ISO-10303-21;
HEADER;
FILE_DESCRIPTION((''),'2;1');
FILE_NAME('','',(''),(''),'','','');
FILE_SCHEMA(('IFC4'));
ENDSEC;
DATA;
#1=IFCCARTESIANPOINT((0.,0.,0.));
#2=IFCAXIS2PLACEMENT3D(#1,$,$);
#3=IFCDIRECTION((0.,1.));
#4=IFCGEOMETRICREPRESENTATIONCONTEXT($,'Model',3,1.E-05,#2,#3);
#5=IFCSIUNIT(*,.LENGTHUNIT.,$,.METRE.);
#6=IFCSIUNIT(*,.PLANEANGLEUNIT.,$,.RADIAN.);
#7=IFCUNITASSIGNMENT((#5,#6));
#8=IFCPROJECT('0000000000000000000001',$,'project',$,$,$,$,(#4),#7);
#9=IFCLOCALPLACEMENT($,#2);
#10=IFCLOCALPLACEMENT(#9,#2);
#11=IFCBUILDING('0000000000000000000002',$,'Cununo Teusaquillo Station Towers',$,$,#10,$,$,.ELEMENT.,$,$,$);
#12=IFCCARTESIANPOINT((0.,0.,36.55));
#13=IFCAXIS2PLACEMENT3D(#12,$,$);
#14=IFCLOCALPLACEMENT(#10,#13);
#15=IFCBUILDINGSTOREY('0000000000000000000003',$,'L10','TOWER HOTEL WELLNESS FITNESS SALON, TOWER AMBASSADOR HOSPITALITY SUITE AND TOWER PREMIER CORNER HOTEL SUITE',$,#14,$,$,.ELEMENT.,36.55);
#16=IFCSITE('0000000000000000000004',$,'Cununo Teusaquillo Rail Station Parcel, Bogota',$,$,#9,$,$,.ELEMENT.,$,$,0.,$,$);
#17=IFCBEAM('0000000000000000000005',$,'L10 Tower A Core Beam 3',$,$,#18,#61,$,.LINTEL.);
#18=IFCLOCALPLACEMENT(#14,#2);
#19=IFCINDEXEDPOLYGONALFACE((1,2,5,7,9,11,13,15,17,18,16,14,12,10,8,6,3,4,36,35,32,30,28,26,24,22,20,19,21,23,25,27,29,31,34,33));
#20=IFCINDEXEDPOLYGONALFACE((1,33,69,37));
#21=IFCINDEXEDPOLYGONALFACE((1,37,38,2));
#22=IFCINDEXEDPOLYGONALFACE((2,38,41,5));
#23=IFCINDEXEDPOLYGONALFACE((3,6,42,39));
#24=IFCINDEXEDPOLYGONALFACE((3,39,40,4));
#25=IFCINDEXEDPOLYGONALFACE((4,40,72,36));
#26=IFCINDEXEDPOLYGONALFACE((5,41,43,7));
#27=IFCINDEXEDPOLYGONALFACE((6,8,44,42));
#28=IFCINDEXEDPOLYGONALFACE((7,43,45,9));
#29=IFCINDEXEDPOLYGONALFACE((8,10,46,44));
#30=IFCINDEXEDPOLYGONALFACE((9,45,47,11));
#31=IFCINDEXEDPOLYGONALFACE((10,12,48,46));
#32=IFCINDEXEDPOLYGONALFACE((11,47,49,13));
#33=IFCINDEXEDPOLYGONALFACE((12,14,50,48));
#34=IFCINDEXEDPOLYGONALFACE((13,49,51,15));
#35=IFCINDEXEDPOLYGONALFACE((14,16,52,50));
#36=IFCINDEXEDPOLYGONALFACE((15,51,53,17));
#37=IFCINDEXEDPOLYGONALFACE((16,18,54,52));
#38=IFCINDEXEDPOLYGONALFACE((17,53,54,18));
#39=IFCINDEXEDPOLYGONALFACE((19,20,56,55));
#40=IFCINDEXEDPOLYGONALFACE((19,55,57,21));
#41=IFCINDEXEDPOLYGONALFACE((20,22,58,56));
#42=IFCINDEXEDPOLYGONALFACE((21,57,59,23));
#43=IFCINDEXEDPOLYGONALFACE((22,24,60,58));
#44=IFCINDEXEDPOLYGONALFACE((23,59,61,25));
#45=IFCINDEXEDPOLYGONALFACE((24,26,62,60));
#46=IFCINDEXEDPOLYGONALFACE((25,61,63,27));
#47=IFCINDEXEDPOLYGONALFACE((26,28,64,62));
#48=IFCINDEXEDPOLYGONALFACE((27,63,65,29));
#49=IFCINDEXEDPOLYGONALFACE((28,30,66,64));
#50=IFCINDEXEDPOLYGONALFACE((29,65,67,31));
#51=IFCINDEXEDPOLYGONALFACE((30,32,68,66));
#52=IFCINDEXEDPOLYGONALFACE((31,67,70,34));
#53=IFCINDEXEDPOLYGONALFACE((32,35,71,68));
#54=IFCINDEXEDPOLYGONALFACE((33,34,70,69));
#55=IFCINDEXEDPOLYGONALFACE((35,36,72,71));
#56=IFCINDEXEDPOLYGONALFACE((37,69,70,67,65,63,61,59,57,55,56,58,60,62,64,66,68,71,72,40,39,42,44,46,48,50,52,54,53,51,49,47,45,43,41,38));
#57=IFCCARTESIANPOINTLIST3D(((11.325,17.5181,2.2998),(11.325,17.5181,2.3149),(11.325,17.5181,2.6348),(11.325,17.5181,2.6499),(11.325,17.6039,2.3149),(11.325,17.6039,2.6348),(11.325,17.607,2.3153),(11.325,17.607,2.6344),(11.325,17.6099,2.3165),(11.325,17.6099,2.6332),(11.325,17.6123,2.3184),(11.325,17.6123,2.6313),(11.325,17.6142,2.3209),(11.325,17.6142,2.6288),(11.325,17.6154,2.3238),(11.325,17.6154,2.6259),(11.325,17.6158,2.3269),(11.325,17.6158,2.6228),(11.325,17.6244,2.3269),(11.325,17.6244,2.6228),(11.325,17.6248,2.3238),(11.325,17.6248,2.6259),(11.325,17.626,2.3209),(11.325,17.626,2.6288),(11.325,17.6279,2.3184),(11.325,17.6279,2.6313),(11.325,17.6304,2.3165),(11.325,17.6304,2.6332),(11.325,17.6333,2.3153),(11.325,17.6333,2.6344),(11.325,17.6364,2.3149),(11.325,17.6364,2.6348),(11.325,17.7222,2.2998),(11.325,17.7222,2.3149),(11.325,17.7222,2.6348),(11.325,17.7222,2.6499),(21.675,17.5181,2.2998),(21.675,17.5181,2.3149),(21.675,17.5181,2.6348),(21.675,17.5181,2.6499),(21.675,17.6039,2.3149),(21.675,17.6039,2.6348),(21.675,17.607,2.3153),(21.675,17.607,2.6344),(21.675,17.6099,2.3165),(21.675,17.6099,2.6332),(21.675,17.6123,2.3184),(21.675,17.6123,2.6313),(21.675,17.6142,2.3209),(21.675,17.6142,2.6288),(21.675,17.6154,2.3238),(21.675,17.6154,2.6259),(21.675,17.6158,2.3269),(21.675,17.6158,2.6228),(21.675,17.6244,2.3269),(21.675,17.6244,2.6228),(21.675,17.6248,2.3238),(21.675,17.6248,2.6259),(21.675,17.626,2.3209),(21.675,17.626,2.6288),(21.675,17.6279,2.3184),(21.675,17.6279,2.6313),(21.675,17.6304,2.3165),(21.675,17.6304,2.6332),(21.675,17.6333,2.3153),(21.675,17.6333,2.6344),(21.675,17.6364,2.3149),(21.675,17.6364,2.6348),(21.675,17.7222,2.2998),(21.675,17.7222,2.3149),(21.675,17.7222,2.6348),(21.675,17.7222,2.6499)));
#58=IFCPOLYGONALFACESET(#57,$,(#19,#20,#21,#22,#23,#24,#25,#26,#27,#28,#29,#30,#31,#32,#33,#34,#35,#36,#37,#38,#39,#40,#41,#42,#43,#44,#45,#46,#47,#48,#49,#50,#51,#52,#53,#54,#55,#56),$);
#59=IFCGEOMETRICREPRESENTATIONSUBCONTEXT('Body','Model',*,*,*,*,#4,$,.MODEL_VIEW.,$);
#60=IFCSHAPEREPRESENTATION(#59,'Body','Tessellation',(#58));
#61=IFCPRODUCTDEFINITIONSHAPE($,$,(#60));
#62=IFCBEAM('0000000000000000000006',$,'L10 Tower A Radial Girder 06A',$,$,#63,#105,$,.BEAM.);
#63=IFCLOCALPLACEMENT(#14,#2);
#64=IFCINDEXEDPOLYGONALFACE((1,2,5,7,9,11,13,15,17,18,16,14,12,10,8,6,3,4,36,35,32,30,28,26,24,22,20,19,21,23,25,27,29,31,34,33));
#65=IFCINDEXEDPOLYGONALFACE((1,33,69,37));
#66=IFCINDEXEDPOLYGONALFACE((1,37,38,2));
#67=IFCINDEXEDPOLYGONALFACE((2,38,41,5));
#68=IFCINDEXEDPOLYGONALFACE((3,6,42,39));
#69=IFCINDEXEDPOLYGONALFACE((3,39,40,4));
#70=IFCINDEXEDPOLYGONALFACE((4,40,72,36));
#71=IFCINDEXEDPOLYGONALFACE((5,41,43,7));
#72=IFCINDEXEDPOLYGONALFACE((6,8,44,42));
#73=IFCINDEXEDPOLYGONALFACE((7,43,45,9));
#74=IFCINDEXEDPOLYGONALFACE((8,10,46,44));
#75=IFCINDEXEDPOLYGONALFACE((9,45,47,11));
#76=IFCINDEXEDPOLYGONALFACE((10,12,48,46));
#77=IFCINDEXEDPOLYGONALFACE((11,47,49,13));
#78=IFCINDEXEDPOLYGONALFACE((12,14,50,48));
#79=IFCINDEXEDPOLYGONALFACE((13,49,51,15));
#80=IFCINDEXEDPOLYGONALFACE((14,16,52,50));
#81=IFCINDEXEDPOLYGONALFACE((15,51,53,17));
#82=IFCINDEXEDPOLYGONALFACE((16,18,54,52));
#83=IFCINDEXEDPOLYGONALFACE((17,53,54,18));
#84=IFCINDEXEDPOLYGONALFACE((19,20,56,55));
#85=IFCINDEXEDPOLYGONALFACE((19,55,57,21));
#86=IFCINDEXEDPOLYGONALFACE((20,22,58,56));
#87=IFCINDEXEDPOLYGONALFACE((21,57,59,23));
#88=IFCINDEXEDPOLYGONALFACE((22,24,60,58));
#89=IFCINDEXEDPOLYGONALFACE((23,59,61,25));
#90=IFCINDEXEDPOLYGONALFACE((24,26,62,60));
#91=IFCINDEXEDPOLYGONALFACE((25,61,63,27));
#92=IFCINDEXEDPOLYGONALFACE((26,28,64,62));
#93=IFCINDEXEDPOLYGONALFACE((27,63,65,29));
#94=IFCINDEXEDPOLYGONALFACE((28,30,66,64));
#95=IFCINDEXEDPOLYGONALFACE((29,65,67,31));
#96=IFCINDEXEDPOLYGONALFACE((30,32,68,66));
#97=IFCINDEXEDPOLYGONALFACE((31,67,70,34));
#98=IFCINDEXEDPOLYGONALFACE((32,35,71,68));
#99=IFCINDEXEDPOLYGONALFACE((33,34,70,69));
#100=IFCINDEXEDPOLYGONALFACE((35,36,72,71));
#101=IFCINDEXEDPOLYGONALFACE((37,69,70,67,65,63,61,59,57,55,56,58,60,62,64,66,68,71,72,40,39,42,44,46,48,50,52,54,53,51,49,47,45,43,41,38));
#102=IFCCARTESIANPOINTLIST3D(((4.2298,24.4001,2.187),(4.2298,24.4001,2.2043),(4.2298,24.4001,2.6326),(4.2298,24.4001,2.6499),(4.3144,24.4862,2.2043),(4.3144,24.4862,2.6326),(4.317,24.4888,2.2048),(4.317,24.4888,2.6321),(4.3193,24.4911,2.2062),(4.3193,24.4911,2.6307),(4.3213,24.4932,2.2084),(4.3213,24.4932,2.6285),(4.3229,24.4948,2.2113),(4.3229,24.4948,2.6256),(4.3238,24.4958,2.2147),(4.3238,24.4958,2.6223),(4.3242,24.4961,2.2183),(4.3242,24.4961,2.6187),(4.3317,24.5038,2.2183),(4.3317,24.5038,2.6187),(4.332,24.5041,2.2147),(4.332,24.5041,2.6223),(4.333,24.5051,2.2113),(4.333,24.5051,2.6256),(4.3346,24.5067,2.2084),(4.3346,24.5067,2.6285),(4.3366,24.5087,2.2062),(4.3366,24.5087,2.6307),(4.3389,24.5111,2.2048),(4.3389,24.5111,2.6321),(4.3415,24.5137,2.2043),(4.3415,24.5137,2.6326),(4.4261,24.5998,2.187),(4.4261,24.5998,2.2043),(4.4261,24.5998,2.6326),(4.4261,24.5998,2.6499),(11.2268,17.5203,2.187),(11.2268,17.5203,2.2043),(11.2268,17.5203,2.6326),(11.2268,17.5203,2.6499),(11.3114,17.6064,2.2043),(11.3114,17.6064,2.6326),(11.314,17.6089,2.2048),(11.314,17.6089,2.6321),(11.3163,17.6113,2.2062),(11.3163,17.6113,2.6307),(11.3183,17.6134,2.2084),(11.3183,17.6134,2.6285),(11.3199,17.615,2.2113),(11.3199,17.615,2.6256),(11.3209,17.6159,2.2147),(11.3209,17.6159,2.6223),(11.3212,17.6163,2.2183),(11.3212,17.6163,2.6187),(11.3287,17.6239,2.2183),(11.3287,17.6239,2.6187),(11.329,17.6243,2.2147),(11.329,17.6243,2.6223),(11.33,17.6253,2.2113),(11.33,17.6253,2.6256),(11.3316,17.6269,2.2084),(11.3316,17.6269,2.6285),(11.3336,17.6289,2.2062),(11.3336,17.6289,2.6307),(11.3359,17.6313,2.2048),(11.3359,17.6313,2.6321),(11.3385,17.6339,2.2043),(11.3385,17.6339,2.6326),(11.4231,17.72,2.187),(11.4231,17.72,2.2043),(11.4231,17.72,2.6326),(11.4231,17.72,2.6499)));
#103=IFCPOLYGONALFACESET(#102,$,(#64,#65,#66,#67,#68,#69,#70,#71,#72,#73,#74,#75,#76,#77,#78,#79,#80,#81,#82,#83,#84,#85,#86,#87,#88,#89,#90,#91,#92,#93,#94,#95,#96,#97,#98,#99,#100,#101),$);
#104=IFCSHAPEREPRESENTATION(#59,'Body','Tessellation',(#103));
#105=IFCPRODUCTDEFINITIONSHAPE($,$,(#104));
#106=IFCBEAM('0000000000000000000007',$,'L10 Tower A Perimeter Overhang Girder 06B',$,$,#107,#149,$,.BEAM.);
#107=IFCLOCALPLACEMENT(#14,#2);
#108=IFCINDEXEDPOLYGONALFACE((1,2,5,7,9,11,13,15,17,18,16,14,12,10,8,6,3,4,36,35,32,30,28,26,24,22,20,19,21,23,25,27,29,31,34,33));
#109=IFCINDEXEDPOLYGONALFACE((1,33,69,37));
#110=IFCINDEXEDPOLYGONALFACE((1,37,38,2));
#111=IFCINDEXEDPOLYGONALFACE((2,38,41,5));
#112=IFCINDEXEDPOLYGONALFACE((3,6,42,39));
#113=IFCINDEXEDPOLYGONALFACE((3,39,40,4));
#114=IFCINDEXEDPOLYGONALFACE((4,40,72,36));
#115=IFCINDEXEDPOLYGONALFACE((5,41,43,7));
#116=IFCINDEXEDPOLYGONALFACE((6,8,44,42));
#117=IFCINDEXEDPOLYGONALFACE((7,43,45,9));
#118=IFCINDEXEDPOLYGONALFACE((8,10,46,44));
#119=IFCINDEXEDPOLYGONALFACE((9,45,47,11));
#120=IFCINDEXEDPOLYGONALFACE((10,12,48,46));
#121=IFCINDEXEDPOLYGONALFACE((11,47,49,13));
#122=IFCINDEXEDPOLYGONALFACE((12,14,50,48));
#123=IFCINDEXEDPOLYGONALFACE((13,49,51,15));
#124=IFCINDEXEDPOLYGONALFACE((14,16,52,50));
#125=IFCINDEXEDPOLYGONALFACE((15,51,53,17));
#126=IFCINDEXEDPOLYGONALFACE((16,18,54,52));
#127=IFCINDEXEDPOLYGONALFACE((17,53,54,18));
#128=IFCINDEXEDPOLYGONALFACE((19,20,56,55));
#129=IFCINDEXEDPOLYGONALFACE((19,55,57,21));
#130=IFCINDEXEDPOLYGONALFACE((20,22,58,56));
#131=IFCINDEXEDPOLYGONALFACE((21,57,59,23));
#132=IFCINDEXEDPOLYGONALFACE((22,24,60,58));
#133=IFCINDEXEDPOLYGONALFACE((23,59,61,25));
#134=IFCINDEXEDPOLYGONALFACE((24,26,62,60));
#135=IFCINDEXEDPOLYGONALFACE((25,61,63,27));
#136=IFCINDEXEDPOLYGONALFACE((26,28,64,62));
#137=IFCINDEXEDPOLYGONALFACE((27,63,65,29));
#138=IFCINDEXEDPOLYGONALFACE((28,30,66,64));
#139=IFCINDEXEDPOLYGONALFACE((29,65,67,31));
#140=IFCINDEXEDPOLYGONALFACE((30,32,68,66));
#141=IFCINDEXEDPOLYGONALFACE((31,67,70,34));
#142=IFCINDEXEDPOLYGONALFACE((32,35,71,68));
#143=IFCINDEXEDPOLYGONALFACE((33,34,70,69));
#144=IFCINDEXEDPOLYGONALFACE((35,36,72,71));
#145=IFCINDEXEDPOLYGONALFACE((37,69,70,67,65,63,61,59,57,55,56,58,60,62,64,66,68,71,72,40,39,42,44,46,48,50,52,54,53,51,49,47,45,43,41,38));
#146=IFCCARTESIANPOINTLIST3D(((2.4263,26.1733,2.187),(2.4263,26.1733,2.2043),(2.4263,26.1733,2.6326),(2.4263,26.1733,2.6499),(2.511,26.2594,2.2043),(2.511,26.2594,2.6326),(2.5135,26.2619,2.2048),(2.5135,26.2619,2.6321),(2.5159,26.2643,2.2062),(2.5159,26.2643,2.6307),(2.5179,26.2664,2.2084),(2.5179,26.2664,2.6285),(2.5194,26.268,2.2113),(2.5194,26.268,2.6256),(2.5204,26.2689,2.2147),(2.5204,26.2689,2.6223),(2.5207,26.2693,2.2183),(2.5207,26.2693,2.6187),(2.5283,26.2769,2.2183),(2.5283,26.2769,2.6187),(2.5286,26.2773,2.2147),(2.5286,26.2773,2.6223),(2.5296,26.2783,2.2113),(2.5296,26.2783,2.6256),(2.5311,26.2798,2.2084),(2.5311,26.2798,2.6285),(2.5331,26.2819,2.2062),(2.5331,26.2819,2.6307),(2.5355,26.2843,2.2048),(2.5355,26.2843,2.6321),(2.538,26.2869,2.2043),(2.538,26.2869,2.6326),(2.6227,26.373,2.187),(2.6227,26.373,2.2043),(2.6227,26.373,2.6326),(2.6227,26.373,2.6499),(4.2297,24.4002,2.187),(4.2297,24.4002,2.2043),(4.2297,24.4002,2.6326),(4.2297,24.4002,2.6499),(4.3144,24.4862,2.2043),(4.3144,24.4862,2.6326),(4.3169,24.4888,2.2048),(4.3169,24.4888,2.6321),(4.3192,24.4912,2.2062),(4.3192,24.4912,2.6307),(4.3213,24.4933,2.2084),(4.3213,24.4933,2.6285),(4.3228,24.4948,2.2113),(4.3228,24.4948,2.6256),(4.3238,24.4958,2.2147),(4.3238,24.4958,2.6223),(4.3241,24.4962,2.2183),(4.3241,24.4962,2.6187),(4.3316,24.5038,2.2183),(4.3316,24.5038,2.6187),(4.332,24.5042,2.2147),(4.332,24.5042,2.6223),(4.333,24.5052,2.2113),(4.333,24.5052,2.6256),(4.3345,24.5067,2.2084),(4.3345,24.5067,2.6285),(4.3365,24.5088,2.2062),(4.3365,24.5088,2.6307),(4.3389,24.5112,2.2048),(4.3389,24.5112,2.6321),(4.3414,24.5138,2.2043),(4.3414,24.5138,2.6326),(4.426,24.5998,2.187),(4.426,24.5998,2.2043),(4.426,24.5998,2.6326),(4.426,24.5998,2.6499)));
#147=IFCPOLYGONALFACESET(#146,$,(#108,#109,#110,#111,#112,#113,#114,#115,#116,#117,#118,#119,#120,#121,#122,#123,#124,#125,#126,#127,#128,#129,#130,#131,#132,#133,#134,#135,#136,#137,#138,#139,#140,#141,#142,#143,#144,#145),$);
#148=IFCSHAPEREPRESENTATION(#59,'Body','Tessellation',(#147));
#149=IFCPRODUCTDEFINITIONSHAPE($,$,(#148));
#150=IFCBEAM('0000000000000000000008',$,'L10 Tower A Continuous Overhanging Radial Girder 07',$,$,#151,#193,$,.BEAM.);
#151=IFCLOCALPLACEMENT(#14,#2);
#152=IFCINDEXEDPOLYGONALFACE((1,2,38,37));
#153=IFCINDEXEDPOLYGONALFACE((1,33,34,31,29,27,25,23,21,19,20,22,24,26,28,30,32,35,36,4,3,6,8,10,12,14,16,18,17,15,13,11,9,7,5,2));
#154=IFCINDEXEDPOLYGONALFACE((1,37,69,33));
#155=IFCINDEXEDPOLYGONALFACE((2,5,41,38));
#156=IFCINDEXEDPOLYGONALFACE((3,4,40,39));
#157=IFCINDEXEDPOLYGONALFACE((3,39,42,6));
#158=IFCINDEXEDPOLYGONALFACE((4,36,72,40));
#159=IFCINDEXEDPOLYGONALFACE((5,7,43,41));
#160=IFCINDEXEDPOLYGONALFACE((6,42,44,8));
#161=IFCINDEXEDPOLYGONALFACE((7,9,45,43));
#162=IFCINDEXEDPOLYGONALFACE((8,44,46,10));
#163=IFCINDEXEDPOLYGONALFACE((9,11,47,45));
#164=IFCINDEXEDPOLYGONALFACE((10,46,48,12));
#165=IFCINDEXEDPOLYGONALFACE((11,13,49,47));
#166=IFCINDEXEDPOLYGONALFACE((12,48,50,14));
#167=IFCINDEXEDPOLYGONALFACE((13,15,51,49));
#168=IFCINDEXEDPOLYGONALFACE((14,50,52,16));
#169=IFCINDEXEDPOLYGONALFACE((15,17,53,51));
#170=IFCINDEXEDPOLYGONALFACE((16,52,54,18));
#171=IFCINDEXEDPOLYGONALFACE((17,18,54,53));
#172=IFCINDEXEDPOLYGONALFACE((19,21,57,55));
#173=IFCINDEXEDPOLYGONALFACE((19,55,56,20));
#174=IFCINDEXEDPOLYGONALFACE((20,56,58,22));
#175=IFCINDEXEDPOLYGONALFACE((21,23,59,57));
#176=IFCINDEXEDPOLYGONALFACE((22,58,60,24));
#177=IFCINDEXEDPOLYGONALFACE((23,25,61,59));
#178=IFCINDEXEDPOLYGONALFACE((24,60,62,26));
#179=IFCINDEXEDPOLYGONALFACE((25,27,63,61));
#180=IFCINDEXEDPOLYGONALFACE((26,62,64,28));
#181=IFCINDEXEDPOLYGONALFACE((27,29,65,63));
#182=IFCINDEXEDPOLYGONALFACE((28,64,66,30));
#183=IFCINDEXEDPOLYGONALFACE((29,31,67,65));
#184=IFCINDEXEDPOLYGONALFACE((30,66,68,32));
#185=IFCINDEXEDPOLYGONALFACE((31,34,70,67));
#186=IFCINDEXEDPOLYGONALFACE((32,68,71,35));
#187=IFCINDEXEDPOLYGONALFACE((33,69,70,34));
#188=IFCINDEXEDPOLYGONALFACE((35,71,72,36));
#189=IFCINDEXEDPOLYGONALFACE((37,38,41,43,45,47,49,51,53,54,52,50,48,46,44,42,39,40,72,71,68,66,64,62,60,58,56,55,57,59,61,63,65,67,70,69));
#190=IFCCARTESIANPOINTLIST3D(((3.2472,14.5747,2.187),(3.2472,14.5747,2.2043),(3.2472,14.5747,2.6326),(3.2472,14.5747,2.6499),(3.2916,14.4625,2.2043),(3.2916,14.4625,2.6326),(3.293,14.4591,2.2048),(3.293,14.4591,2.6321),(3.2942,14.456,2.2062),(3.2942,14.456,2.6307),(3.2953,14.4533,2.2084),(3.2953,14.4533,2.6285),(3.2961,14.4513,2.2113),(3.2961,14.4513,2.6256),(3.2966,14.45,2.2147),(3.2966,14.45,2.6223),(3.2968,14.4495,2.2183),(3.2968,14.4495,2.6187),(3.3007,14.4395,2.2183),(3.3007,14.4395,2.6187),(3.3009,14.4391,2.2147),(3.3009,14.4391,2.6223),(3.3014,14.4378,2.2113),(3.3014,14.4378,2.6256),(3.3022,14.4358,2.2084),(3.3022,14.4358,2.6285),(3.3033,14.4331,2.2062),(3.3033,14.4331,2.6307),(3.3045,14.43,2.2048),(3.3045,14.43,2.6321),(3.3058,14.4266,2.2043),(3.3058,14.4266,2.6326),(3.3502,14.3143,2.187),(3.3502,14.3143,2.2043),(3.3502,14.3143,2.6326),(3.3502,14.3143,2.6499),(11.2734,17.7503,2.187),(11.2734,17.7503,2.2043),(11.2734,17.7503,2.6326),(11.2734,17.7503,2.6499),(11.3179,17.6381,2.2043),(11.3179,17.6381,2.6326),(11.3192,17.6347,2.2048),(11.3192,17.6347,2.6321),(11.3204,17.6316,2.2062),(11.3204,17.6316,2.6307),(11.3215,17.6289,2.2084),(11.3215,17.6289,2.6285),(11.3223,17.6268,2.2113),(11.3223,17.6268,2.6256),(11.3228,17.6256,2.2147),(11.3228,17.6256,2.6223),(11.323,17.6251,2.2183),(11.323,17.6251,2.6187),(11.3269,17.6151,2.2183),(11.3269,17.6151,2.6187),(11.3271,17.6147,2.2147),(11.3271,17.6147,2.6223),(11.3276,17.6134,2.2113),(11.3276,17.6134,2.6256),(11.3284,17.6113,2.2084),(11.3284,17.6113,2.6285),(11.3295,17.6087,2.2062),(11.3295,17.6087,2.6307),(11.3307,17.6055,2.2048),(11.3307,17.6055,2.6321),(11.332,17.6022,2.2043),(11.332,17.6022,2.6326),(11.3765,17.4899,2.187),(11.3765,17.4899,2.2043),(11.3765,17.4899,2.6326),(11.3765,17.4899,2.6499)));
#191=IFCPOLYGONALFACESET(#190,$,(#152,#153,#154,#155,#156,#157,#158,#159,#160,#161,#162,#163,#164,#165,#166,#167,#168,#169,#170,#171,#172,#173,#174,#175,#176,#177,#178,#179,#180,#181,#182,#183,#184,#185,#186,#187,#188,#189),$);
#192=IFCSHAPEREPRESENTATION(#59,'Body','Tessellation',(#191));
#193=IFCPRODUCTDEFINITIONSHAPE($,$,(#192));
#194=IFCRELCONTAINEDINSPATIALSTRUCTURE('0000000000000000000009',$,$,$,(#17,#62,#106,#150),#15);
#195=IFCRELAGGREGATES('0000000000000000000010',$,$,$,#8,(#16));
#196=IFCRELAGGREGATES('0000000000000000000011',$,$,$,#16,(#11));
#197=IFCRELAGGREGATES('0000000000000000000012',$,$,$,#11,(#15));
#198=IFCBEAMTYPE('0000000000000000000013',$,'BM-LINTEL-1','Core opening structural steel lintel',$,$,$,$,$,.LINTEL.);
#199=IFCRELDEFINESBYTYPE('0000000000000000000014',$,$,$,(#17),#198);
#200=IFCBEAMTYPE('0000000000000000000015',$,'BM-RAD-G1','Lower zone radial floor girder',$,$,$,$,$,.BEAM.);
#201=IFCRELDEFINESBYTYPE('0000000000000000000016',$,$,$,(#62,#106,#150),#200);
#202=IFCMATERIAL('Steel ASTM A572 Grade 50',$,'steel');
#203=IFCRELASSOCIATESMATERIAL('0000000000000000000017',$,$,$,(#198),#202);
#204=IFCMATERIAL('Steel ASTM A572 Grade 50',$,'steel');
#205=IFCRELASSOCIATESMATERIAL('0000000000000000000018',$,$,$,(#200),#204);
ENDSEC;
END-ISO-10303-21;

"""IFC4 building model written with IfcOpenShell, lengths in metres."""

from ifc_helpers import new_model, si_unit, direction, frame, origin, origin_2d, place, context, subcontext, project, spatial, i_section, extrude, material, material_profile, profile_set, type_object, element, save


model = new_model("IFC4")

# Units and contexts
model_context = context("Model", 3, precision=1e-05, world=origin(), true_north=direction((0.0, 1.0)))
body_context = subcontext(model_context, "Body", "Model", "MODEL_VIEW")
ifc_project = project(units=[si_unit("LENGTHUNIT", "METRE"), si_unit("PLANEANGLEUNIT", "RADIAN")], contexts=[model_context])

# Site, building, storey
site_placement = place(None, origin())
site = spatial("IfcSite", under=ifc_project, at=site_placement, Name="Cununo Teusaquillo Rail Station Parcel, Bogota", CompositionType="ELEMENT", RefElevation=0.0)
building_placement = place(site_placement, origin())
building = spatial("IfcBuilding", under=site, at=building_placement, Name="Cununo Teusaquillo Station Towers", CompositionType="ELEMENT")
storey_placement = place(building_placement, frame((0.0, 0.0, 36.55)))
storey = spatial("IfcBuildingStorey", under=building, at=storey_placement, Name="L10", Description="TOWER HOTEL WELLNESS FITNESS SALON, TOWER AMBASSADOR HOSPITALITY SUITE AND TOWER PREMIER CORNER HOTEL SUITE", CompositionType="ELEMENT", Elevation=36.55)

# Beams
ifc_material_1 = material(Name="Steel ASTM A572 Grade 50", Category="steel")
ifc_material_profile_1 = material_profile(ifc_material_1, i_section(OverallWidth=0.2041, OverallDepth=0.3501, WebThickness=0.0085, FlangeThickness=0.0151, FilletRadius=0.012, at=origin_2d()), Name="W14X48")
ifc_profile_set_1 = profile_set([ifc_material_profile_1], Name="Steel ASTM A572 Grade 50")
beam_type_1 = type_object("IfcBeamType", Name="BM-LINTEL-1", Description="Core opening structural steel lintel", PredefinedType="LINTEL", material=ifc_profile_set_1)
beam_1_placement = place(storey_placement, frame((11.325, 17.6201, 2.4749), z_axis=(1.0, 0.0, 0.0), x_axis=(0.0, 1.0, 0.0)))
element("IfcBeam", 1, at=beam_1_placement, inside=storey, type_object=beam_type_1, Name="L10 Tower A Core Beam 3", PredefinedType="LINTEL", context=body_context, shape_type="SweptSolid", body=[
    extrude(i_section(OverallWidth=0.2041, OverallDepth=0.3501, WebThickness=0.0085, FlangeThickness=0.0151, FilletRadius=0.012, at=origin_2d()), origin(), (0.0, 0.0, 1.0), 10.3501),
])
ifc_material_2 = material(Name="Steel ASTM A572 Grade 50", Category="steel")
ifc_material_profile_2 = material_profile(ifc_material_2, i_section(OverallWidth=0.28, OverallDepth=0.4629, WebThickness=0.0107, FlangeThickness=0.0173, FilletRadius=0.0139, at=origin_2d()), Name="W18X76")
ifc_profile_set_2 = profile_set([ifc_material_profile_2], Name="Steel ASTM A572 Grade 50")
beam_type_2 = type_object("IfcBeamType", Name="BM-RAD-G1", Description="Lower zone radial floor girder", PredefinedType="BEAM", material=ifc_profile_set_2)
beam_2_placement = place(storey_placement, frame((11.325, 17.6201, 2.4185), z_axis=(-0.713053, 0.70111, 0.0), x_axis=(-0.70111, -0.713053, 0.0)))
element("IfcBeam", 2, at=beam_2_placement, inside=storey, type_object=beam_type_2, Name="L10 Tower A Radial Girder 06A", PredefinedType="BEAM", context=body_context, shape_type="SweptSolid", body=[
    extrude(i_section(OverallWidth=0.28, OverallDepth=0.4629, WebThickness=0.0107, FlangeThickness=0.0173, FilletRadius=0.0139, at=origin_2d()), origin(), (0.0, 0.0, 1.0), 9.8127),
])
beam_3_placement = place(storey_placement, frame((4.3279, 24.5, 2.4185), z_axis=(-0.713066, 0.701097, 0.0), x_axis=(-0.701097, -0.713066, 0.0)))
element("IfcBeam", 3, at=beam_3_placement, inside=storey, type_object=beam_type_2, Name="L10 Tower A Perimeter Overhang Girder 06B", PredefinedType="BEAM", context=body_context, shape_type="SweptSolid", body=[
    extrude(i_section(OverallWidth=0.28, OverallDepth=0.4629, WebThickness=0.0107, FlangeThickness=0.0173, FilletRadius=0.0139, at=origin_2d()), origin(), (0.0, 0.0, 1.0), 2.5291),
])
beam_4_placement = place(storey_placement, frame((11.325, 17.6201, 2.4185), z_axis=(-0.929865, -0.367901, 0.0), x_axis=(0.367901, -0.929865, 0.0)))
element("IfcBeam", 4, at=beam_4_placement, inside=storey, type_object=beam_type_2, Name="L10 Tower A Continuous Overhanging Radial Girder 07", PredefinedType="BEAM", context=body_context, shape_type="SweptSolid", body=[
    extrude(i_section(OverallWidth=0.28, OverallDepth=0.4629, WebThickness=0.0107, FlangeThickness=0.0173, FilletRadius=0.0139, at=origin_2d()), origin(), (0.0, 0.0, 1.0), 8.6316),
])

save(model, "model.ifc")
